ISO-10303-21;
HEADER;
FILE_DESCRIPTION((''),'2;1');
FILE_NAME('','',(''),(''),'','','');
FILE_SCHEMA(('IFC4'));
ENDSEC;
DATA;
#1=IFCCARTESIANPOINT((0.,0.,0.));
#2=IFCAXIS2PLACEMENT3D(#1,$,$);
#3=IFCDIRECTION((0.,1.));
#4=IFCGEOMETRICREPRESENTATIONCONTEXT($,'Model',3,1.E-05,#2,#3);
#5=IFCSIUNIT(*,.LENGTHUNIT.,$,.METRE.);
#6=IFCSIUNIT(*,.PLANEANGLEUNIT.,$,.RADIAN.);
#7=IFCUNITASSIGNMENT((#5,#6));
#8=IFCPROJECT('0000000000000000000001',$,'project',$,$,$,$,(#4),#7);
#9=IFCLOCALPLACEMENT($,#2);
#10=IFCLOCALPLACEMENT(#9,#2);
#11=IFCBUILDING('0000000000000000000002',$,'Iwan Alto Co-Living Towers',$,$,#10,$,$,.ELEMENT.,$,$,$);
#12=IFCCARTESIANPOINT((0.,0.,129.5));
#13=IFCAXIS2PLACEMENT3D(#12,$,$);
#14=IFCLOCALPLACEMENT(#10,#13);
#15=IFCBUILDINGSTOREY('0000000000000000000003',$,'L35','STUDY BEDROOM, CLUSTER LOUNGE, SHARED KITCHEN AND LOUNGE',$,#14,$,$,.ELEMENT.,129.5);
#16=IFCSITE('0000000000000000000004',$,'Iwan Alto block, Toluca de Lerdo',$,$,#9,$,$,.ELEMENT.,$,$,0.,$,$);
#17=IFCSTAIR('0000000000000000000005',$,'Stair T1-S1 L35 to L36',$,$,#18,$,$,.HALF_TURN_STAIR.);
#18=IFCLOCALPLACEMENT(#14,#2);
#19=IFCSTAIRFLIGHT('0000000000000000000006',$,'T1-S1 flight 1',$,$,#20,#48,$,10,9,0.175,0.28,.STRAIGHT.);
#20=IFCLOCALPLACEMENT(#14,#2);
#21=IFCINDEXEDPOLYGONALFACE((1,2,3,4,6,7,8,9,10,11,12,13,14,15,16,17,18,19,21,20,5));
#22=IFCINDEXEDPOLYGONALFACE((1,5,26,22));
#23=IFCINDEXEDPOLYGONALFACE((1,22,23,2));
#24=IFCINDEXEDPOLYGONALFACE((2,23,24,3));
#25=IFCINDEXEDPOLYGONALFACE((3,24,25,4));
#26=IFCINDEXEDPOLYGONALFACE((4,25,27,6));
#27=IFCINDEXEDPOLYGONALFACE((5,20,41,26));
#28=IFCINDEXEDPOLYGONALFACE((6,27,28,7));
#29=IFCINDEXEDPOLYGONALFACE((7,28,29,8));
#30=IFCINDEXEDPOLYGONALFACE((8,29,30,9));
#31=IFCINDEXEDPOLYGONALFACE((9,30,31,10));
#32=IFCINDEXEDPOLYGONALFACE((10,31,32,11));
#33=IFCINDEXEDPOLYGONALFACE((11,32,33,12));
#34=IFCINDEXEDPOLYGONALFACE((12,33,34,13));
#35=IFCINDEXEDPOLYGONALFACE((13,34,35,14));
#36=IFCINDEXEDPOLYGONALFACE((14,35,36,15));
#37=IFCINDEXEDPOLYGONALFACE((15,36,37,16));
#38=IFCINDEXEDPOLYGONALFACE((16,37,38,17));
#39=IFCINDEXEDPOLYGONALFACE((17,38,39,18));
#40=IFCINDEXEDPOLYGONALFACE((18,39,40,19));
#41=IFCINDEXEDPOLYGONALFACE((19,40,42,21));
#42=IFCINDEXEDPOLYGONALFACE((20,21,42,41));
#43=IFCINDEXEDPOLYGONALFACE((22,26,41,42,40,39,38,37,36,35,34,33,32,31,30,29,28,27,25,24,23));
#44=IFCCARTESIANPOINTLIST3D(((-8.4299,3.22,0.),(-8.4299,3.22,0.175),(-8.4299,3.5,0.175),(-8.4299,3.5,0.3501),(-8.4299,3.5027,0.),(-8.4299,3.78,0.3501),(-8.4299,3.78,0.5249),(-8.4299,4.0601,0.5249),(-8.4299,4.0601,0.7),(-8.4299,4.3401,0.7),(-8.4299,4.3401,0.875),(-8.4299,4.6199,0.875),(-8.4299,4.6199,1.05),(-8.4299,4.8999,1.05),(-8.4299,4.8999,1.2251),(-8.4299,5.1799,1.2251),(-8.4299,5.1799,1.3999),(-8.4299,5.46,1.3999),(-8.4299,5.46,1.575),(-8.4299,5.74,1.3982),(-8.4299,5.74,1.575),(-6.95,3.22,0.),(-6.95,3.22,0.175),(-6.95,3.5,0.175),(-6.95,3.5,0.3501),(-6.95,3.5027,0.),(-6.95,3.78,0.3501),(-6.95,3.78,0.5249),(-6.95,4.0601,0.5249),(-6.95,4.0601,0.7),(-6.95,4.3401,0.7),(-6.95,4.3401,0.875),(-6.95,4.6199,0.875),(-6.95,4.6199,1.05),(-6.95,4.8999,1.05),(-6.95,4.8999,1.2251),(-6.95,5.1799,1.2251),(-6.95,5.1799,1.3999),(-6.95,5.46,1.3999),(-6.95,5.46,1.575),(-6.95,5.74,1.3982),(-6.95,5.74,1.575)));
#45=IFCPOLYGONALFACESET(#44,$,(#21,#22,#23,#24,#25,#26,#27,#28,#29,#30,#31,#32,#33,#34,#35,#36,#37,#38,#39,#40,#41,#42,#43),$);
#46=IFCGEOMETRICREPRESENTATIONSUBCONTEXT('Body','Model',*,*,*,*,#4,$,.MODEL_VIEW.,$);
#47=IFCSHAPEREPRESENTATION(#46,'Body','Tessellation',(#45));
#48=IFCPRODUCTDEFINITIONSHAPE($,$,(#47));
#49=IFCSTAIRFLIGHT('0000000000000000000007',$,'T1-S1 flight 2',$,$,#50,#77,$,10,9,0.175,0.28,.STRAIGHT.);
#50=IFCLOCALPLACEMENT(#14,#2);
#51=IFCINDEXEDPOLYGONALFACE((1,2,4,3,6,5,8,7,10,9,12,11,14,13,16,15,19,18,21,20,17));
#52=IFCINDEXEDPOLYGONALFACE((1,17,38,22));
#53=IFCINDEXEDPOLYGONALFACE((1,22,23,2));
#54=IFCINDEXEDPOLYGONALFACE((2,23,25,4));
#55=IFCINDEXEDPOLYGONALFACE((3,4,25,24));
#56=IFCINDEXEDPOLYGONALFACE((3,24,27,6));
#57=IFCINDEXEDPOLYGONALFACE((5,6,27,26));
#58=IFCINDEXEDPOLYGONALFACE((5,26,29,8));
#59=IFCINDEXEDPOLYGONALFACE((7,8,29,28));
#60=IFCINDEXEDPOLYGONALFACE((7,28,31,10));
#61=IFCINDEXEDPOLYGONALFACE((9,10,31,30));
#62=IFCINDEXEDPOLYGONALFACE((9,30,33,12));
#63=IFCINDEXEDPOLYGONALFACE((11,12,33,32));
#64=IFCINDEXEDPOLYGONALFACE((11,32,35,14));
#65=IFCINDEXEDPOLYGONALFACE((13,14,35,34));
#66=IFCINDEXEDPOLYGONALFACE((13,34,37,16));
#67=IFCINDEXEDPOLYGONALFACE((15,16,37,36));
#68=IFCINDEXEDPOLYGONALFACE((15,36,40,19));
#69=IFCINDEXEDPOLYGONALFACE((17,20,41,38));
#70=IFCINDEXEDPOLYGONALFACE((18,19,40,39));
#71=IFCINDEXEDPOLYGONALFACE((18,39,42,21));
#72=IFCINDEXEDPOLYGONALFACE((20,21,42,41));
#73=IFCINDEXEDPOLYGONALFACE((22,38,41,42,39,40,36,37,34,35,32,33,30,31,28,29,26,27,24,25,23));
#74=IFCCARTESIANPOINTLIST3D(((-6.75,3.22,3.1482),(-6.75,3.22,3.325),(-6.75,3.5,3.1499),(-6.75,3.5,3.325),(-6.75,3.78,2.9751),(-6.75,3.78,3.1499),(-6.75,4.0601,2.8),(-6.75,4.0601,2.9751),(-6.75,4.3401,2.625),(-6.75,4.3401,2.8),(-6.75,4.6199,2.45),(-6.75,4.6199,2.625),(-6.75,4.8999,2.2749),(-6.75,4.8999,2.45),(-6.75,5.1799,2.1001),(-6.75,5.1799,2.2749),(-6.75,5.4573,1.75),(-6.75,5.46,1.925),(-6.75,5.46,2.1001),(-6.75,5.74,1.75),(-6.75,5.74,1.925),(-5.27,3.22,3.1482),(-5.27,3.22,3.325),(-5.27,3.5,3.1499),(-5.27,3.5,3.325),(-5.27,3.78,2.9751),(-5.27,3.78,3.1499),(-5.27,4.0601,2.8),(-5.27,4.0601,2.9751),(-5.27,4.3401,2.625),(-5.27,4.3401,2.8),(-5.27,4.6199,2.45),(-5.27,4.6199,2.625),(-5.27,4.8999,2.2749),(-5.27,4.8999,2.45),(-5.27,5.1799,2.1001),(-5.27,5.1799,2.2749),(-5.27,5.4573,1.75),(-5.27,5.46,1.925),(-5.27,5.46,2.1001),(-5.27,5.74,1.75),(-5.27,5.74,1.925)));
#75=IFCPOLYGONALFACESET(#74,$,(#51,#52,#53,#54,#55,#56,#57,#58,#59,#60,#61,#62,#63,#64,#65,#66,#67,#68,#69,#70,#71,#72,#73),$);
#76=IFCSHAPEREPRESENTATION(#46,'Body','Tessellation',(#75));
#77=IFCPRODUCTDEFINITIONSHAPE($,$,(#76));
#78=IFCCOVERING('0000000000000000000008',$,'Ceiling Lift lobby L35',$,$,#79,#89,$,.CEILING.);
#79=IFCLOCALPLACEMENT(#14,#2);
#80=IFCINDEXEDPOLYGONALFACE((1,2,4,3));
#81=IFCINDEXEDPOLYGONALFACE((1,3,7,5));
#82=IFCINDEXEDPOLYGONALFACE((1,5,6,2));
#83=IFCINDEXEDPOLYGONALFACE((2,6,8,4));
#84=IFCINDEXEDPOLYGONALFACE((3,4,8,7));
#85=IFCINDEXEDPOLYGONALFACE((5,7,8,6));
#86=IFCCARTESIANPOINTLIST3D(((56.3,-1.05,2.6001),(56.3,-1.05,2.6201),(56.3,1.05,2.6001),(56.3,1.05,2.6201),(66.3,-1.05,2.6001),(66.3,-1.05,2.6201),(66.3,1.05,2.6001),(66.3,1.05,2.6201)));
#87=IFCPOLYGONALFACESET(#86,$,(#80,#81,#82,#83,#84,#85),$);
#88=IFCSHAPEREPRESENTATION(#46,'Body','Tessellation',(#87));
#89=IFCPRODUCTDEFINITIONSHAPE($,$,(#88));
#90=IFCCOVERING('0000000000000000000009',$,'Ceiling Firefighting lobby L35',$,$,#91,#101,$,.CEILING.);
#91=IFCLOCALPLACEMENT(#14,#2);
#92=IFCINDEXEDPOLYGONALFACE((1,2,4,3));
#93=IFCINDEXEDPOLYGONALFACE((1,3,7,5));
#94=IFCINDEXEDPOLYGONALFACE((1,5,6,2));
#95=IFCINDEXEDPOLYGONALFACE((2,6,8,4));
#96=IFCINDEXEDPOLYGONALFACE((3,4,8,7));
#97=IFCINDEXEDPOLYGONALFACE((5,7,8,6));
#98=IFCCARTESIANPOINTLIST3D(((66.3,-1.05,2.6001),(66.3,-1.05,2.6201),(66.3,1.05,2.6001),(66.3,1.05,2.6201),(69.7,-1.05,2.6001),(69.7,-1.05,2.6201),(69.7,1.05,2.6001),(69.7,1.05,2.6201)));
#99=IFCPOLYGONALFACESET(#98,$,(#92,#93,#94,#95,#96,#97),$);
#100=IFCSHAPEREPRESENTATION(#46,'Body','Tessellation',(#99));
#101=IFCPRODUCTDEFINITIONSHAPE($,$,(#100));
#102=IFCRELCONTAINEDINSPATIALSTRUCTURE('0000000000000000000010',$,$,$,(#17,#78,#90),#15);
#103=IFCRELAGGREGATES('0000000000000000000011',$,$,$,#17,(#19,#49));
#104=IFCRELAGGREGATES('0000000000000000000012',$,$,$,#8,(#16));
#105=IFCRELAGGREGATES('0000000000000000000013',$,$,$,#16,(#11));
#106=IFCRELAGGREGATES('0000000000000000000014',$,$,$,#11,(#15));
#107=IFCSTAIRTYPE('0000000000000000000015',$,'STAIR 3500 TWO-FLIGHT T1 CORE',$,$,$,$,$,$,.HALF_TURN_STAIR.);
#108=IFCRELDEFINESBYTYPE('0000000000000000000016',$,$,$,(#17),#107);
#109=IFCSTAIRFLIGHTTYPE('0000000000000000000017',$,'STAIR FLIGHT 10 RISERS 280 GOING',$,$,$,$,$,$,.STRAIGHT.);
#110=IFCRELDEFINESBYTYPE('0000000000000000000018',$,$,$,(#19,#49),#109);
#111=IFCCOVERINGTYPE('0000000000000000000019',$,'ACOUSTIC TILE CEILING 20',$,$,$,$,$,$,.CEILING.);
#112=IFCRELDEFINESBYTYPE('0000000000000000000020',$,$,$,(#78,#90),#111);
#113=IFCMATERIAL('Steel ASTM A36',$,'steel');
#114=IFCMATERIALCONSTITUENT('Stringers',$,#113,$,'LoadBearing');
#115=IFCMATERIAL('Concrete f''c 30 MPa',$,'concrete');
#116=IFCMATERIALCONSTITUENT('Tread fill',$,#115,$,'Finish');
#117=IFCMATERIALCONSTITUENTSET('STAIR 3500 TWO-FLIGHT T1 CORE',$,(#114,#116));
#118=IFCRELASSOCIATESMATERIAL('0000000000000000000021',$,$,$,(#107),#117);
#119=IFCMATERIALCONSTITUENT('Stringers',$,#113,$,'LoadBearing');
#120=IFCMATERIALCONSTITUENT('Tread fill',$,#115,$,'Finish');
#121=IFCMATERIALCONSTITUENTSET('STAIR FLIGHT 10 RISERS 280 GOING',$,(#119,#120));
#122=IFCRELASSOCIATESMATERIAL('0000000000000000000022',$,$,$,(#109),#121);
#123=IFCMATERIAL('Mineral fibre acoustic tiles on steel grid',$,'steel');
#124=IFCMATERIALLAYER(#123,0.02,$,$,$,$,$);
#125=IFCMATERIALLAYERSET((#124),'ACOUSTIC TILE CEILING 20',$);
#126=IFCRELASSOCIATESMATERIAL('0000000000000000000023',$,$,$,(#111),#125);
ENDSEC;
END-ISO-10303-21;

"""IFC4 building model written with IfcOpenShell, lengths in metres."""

from ifc_helpers import new_model, si_unit, direction, frame, origin, place, context, subcontext, project, spatial, polyline, outline, extrude, material, layer, layer_set, constituent, constituent_set, type_object, element, aggregate, save


model = new_model("IFC4")

# Units and contexts
model_context = context("Model", 3, precision=1e-05, world=origin(), true_north=direction((0.0, 1.0)))
body_context = subcontext(model_context, "Body", "Model", "MODEL_VIEW")
ifc_project = project(units=[si_unit("LENGTHUNIT", "METRE"), si_unit("PLANEANGLEUNIT", "RADIAN")], contexts=[model_context])

# Site, building, storey
site_placement = place(None, origin())
site = spatial("IfcSite", under=ifc_project, at=site_placement, Name="Iwan Alto block, Toluca de Lerdo", CompositionType="ELEMENT", RefElevation=0.0)
building_placement = place(site_placement, origin())
building = spatial("IfcBuilding", under=site, at=building_placement, Name="Iwan Alto Co-Living Towers", CompositionType="ELEMENT")
storey_placement = place(building_placement, frame((0.0, 0.0, 129.5)))
storey = spatial("IfcBuildingStorey", under=building, at=storey_placement, Name="L35", Description="STUDY BEDROOM, CLUSTER LOUNGE, SHARED KITCHEN AND LOUNGE", CompositionType="ELEMENT", Elevation=129.5)

# Stair, stair flights
ifc_material_1 = material(Name="Steel ASTM A36", Category="steel")
ifc_constituent_1 = constituent(ifc_material_1, Name="Stringers", Category="LoadBearing")
ifc_material_2 = material(Name="Concrete f'c 30 MPa", Category="concrete")
ifc_constituent_2 = constituent(ifc_material_2, Name="Tread fill", Category="Finish")
ifc_constituent_set_1 = constituent_set(constituents=[ifc_constituent_1, ifc_constituent_2], Name="STAIR 3500 TWO-FLIGHT T1 CORE")
stair_type = type_object("IfcStairType", Name="STAIR 3500 TWO-FLIGHT T1 CORE", PredefinedType="HALF_TURN_STAIR", material=ifc_constituent_set_1)
stair_placement = place(storey_placement, origin())
stair = element("IfcStair", 1, at=stair_placement, inside=storey, type_object=stair_type, Name="Stair T1-S1 L35 to L36", PredefinedType="HALF_TURN_STAIR")
ifc_constituent_3 = constituent(ifc_material_1, Name="Stringers", Category="LoadBearing")
ifc_constituent_4 = constituent(ifc_material_2, Name="Tread fill", Category="Finish")
ifc_constituent_set_2 = constituent_set(constituents=[ifc_constituent_3, ifc_constituent_4], Name="STAIR FLIGHT 10 RISERS 280 GOING")
stair_flight_type = type_object("IfcStairFlightType", Name="STAIR FLIGHT 10 RISERS 280 GOING", PredefinedType="STRAIGHT", material=ifc_constituent_set_2)
stair_flight_1_placement = place(storey_placement, frame((-7.6899, 3.22, 0.0), z_axis=(0.0, 0.0, 1.0), x_axis=(0.0, 1.0, 0.0)))
stair_flight_1 = element("IfcStairFlight", 2, at=stair_flight_1_placement, type_object=stair_flight_type, Name="T1-S1 flight 1", NumberOfRisers=10, NumberOfTreads=9, PredefinedType="STRAIGHT", RiserHeight=0.175, TreadLength=0.28, context=body_context, shape_type="SweptSolid", body=[
    extrude(outline(polyline([(0.0, 0.0), (0.0, 0.175), (0.28, 0.175), (0.28, 0.3501), (0.5601, 0.3501), (0.5601, 0.5249), (0.8401, 0.5249), (0.8401, 0.7), (1.1201, 0.7), (1.1201, 0.875), (1.3999, 0.875), (1.3999, 1.05), (1.6799, 1.05), (1.6799, 1.2251), (1.96, 1.2251), (1.96, 1.3999), (2.24, 1.3999), (2.24, 1.575), (2.52, 1.575), (2.52, 1.75), (2.52, 1.3982), (0.2827, 0.0), (0.0, 0.0)])), frame((0.0, 0.74, 0.0), z_axis=(0.0, -1.0, 0.0), x_axis=(1.0, 0.0, 0.0)), (0.0, 0.0, 1.0), 1.48),
])
stair_flight_2_placement = place(storey_placement, frame((-6.01, 5.74, 1.75), z_axis=(0.0, 0.0, 1.0), x_axis=(0.0, -1.0, 0.0)))
stair_flight_2 = element("IfcStairFlight", 3, at=stair_flight_2_placement, type_object=stair_flight_type, Name="T1-S1 flight 2", NumberOfRisers=10, NumberOfTreads=9, PredefinedType="STRAIGHT", RiserHeight=0.175, TreadLength=0.28, context=body_context, shape_type="SweptSolid", body=[
    extrude(outline(polyline([(0.0, 0.0), (0.0, 0.175), (0.28, 0.175), (0.28, 0.3501), (0.5601, 0.3501), (0.5601, 0.5249), (0.8401, 0.5249), (0.8401, 0.7), (1.1201, 0.7), (1.1201, 0.875), (1.3999, 0.875), (1.3999, 1.05), (1.6799, 1.05), (1.6799, 1.2251), (1.96, 1.2251), (1.96, 1.3999), (2.24, 1.3999), (2.24, 1.575), (2.52, 1.575), (2.52, 1.75), (2.52, 1.3982), (0.2827, 0.0), (0.0, 0.0)])), frame((0.0, 0.74, 0.0), z_axis=(0.0, -1.0, 0.0), x_axis=(1.0, 0.0, 0.0)), (0.0, 0.0, 1.0), 1.48),
])
aggregate(stair, [stair_flight_1, stair_flight_2])

# Coverings
ifc_material_3 = material(Name="Mineral fibre acoustic tiles on steel grid", Category="steel")
ifc_layer_1 = layer(ifc_material_3, 0.02)
ifc_layer_set_1 = layer_set([ifc_layer_1], Name="ACOUSTIC TILE CEILING 20")
covering_type_1 = type_object("IfcCoveringType", Name="ACOUSTIC TILE CEILING 20", PredefinedType="CEILING", material=ifc_layer_set_1)
covering_1_placement = place(storey_placement, frame((0.0, 0.0, 2.6001)))
element("IfcCovering", 4, at=covering_1_placement, inside=storey, type_object=covering_type_1, Name="Ceiling Lift lobby L35", PredefinedType="CEILING", context=body_context, shape_type="SweptSolid", body=[
    extrude(outline(polyline([(56.3, -1.05), (56.3, 1.05), (66.3, 1.05), (66.3, -1.05), (56.3, -1.05)])), origin(), (0.0, 0.0, 1.0), 0.02),
])
covering_2_placement = place(storey_placement, frame((0.0, 0.0, 2.6001)))
element("IfcCovering", 5, at=covering_2_placement, inside=storey, type_object=covering_type_1, Name="Ceiling Firefighting lobby L35", PredefinedType="CEILING", context=body_context, shape_type="SweptSolid", body=[
    extrude(outline(polyline([(66.3, -1.05), (66.3, 1.05), (69.7, 1.05), (69.7, -1.05), (66.3, -1.05)])), origin(), (0.0, 0.0, 1.0), 0.02),
])

save(model, "model.ifc")
